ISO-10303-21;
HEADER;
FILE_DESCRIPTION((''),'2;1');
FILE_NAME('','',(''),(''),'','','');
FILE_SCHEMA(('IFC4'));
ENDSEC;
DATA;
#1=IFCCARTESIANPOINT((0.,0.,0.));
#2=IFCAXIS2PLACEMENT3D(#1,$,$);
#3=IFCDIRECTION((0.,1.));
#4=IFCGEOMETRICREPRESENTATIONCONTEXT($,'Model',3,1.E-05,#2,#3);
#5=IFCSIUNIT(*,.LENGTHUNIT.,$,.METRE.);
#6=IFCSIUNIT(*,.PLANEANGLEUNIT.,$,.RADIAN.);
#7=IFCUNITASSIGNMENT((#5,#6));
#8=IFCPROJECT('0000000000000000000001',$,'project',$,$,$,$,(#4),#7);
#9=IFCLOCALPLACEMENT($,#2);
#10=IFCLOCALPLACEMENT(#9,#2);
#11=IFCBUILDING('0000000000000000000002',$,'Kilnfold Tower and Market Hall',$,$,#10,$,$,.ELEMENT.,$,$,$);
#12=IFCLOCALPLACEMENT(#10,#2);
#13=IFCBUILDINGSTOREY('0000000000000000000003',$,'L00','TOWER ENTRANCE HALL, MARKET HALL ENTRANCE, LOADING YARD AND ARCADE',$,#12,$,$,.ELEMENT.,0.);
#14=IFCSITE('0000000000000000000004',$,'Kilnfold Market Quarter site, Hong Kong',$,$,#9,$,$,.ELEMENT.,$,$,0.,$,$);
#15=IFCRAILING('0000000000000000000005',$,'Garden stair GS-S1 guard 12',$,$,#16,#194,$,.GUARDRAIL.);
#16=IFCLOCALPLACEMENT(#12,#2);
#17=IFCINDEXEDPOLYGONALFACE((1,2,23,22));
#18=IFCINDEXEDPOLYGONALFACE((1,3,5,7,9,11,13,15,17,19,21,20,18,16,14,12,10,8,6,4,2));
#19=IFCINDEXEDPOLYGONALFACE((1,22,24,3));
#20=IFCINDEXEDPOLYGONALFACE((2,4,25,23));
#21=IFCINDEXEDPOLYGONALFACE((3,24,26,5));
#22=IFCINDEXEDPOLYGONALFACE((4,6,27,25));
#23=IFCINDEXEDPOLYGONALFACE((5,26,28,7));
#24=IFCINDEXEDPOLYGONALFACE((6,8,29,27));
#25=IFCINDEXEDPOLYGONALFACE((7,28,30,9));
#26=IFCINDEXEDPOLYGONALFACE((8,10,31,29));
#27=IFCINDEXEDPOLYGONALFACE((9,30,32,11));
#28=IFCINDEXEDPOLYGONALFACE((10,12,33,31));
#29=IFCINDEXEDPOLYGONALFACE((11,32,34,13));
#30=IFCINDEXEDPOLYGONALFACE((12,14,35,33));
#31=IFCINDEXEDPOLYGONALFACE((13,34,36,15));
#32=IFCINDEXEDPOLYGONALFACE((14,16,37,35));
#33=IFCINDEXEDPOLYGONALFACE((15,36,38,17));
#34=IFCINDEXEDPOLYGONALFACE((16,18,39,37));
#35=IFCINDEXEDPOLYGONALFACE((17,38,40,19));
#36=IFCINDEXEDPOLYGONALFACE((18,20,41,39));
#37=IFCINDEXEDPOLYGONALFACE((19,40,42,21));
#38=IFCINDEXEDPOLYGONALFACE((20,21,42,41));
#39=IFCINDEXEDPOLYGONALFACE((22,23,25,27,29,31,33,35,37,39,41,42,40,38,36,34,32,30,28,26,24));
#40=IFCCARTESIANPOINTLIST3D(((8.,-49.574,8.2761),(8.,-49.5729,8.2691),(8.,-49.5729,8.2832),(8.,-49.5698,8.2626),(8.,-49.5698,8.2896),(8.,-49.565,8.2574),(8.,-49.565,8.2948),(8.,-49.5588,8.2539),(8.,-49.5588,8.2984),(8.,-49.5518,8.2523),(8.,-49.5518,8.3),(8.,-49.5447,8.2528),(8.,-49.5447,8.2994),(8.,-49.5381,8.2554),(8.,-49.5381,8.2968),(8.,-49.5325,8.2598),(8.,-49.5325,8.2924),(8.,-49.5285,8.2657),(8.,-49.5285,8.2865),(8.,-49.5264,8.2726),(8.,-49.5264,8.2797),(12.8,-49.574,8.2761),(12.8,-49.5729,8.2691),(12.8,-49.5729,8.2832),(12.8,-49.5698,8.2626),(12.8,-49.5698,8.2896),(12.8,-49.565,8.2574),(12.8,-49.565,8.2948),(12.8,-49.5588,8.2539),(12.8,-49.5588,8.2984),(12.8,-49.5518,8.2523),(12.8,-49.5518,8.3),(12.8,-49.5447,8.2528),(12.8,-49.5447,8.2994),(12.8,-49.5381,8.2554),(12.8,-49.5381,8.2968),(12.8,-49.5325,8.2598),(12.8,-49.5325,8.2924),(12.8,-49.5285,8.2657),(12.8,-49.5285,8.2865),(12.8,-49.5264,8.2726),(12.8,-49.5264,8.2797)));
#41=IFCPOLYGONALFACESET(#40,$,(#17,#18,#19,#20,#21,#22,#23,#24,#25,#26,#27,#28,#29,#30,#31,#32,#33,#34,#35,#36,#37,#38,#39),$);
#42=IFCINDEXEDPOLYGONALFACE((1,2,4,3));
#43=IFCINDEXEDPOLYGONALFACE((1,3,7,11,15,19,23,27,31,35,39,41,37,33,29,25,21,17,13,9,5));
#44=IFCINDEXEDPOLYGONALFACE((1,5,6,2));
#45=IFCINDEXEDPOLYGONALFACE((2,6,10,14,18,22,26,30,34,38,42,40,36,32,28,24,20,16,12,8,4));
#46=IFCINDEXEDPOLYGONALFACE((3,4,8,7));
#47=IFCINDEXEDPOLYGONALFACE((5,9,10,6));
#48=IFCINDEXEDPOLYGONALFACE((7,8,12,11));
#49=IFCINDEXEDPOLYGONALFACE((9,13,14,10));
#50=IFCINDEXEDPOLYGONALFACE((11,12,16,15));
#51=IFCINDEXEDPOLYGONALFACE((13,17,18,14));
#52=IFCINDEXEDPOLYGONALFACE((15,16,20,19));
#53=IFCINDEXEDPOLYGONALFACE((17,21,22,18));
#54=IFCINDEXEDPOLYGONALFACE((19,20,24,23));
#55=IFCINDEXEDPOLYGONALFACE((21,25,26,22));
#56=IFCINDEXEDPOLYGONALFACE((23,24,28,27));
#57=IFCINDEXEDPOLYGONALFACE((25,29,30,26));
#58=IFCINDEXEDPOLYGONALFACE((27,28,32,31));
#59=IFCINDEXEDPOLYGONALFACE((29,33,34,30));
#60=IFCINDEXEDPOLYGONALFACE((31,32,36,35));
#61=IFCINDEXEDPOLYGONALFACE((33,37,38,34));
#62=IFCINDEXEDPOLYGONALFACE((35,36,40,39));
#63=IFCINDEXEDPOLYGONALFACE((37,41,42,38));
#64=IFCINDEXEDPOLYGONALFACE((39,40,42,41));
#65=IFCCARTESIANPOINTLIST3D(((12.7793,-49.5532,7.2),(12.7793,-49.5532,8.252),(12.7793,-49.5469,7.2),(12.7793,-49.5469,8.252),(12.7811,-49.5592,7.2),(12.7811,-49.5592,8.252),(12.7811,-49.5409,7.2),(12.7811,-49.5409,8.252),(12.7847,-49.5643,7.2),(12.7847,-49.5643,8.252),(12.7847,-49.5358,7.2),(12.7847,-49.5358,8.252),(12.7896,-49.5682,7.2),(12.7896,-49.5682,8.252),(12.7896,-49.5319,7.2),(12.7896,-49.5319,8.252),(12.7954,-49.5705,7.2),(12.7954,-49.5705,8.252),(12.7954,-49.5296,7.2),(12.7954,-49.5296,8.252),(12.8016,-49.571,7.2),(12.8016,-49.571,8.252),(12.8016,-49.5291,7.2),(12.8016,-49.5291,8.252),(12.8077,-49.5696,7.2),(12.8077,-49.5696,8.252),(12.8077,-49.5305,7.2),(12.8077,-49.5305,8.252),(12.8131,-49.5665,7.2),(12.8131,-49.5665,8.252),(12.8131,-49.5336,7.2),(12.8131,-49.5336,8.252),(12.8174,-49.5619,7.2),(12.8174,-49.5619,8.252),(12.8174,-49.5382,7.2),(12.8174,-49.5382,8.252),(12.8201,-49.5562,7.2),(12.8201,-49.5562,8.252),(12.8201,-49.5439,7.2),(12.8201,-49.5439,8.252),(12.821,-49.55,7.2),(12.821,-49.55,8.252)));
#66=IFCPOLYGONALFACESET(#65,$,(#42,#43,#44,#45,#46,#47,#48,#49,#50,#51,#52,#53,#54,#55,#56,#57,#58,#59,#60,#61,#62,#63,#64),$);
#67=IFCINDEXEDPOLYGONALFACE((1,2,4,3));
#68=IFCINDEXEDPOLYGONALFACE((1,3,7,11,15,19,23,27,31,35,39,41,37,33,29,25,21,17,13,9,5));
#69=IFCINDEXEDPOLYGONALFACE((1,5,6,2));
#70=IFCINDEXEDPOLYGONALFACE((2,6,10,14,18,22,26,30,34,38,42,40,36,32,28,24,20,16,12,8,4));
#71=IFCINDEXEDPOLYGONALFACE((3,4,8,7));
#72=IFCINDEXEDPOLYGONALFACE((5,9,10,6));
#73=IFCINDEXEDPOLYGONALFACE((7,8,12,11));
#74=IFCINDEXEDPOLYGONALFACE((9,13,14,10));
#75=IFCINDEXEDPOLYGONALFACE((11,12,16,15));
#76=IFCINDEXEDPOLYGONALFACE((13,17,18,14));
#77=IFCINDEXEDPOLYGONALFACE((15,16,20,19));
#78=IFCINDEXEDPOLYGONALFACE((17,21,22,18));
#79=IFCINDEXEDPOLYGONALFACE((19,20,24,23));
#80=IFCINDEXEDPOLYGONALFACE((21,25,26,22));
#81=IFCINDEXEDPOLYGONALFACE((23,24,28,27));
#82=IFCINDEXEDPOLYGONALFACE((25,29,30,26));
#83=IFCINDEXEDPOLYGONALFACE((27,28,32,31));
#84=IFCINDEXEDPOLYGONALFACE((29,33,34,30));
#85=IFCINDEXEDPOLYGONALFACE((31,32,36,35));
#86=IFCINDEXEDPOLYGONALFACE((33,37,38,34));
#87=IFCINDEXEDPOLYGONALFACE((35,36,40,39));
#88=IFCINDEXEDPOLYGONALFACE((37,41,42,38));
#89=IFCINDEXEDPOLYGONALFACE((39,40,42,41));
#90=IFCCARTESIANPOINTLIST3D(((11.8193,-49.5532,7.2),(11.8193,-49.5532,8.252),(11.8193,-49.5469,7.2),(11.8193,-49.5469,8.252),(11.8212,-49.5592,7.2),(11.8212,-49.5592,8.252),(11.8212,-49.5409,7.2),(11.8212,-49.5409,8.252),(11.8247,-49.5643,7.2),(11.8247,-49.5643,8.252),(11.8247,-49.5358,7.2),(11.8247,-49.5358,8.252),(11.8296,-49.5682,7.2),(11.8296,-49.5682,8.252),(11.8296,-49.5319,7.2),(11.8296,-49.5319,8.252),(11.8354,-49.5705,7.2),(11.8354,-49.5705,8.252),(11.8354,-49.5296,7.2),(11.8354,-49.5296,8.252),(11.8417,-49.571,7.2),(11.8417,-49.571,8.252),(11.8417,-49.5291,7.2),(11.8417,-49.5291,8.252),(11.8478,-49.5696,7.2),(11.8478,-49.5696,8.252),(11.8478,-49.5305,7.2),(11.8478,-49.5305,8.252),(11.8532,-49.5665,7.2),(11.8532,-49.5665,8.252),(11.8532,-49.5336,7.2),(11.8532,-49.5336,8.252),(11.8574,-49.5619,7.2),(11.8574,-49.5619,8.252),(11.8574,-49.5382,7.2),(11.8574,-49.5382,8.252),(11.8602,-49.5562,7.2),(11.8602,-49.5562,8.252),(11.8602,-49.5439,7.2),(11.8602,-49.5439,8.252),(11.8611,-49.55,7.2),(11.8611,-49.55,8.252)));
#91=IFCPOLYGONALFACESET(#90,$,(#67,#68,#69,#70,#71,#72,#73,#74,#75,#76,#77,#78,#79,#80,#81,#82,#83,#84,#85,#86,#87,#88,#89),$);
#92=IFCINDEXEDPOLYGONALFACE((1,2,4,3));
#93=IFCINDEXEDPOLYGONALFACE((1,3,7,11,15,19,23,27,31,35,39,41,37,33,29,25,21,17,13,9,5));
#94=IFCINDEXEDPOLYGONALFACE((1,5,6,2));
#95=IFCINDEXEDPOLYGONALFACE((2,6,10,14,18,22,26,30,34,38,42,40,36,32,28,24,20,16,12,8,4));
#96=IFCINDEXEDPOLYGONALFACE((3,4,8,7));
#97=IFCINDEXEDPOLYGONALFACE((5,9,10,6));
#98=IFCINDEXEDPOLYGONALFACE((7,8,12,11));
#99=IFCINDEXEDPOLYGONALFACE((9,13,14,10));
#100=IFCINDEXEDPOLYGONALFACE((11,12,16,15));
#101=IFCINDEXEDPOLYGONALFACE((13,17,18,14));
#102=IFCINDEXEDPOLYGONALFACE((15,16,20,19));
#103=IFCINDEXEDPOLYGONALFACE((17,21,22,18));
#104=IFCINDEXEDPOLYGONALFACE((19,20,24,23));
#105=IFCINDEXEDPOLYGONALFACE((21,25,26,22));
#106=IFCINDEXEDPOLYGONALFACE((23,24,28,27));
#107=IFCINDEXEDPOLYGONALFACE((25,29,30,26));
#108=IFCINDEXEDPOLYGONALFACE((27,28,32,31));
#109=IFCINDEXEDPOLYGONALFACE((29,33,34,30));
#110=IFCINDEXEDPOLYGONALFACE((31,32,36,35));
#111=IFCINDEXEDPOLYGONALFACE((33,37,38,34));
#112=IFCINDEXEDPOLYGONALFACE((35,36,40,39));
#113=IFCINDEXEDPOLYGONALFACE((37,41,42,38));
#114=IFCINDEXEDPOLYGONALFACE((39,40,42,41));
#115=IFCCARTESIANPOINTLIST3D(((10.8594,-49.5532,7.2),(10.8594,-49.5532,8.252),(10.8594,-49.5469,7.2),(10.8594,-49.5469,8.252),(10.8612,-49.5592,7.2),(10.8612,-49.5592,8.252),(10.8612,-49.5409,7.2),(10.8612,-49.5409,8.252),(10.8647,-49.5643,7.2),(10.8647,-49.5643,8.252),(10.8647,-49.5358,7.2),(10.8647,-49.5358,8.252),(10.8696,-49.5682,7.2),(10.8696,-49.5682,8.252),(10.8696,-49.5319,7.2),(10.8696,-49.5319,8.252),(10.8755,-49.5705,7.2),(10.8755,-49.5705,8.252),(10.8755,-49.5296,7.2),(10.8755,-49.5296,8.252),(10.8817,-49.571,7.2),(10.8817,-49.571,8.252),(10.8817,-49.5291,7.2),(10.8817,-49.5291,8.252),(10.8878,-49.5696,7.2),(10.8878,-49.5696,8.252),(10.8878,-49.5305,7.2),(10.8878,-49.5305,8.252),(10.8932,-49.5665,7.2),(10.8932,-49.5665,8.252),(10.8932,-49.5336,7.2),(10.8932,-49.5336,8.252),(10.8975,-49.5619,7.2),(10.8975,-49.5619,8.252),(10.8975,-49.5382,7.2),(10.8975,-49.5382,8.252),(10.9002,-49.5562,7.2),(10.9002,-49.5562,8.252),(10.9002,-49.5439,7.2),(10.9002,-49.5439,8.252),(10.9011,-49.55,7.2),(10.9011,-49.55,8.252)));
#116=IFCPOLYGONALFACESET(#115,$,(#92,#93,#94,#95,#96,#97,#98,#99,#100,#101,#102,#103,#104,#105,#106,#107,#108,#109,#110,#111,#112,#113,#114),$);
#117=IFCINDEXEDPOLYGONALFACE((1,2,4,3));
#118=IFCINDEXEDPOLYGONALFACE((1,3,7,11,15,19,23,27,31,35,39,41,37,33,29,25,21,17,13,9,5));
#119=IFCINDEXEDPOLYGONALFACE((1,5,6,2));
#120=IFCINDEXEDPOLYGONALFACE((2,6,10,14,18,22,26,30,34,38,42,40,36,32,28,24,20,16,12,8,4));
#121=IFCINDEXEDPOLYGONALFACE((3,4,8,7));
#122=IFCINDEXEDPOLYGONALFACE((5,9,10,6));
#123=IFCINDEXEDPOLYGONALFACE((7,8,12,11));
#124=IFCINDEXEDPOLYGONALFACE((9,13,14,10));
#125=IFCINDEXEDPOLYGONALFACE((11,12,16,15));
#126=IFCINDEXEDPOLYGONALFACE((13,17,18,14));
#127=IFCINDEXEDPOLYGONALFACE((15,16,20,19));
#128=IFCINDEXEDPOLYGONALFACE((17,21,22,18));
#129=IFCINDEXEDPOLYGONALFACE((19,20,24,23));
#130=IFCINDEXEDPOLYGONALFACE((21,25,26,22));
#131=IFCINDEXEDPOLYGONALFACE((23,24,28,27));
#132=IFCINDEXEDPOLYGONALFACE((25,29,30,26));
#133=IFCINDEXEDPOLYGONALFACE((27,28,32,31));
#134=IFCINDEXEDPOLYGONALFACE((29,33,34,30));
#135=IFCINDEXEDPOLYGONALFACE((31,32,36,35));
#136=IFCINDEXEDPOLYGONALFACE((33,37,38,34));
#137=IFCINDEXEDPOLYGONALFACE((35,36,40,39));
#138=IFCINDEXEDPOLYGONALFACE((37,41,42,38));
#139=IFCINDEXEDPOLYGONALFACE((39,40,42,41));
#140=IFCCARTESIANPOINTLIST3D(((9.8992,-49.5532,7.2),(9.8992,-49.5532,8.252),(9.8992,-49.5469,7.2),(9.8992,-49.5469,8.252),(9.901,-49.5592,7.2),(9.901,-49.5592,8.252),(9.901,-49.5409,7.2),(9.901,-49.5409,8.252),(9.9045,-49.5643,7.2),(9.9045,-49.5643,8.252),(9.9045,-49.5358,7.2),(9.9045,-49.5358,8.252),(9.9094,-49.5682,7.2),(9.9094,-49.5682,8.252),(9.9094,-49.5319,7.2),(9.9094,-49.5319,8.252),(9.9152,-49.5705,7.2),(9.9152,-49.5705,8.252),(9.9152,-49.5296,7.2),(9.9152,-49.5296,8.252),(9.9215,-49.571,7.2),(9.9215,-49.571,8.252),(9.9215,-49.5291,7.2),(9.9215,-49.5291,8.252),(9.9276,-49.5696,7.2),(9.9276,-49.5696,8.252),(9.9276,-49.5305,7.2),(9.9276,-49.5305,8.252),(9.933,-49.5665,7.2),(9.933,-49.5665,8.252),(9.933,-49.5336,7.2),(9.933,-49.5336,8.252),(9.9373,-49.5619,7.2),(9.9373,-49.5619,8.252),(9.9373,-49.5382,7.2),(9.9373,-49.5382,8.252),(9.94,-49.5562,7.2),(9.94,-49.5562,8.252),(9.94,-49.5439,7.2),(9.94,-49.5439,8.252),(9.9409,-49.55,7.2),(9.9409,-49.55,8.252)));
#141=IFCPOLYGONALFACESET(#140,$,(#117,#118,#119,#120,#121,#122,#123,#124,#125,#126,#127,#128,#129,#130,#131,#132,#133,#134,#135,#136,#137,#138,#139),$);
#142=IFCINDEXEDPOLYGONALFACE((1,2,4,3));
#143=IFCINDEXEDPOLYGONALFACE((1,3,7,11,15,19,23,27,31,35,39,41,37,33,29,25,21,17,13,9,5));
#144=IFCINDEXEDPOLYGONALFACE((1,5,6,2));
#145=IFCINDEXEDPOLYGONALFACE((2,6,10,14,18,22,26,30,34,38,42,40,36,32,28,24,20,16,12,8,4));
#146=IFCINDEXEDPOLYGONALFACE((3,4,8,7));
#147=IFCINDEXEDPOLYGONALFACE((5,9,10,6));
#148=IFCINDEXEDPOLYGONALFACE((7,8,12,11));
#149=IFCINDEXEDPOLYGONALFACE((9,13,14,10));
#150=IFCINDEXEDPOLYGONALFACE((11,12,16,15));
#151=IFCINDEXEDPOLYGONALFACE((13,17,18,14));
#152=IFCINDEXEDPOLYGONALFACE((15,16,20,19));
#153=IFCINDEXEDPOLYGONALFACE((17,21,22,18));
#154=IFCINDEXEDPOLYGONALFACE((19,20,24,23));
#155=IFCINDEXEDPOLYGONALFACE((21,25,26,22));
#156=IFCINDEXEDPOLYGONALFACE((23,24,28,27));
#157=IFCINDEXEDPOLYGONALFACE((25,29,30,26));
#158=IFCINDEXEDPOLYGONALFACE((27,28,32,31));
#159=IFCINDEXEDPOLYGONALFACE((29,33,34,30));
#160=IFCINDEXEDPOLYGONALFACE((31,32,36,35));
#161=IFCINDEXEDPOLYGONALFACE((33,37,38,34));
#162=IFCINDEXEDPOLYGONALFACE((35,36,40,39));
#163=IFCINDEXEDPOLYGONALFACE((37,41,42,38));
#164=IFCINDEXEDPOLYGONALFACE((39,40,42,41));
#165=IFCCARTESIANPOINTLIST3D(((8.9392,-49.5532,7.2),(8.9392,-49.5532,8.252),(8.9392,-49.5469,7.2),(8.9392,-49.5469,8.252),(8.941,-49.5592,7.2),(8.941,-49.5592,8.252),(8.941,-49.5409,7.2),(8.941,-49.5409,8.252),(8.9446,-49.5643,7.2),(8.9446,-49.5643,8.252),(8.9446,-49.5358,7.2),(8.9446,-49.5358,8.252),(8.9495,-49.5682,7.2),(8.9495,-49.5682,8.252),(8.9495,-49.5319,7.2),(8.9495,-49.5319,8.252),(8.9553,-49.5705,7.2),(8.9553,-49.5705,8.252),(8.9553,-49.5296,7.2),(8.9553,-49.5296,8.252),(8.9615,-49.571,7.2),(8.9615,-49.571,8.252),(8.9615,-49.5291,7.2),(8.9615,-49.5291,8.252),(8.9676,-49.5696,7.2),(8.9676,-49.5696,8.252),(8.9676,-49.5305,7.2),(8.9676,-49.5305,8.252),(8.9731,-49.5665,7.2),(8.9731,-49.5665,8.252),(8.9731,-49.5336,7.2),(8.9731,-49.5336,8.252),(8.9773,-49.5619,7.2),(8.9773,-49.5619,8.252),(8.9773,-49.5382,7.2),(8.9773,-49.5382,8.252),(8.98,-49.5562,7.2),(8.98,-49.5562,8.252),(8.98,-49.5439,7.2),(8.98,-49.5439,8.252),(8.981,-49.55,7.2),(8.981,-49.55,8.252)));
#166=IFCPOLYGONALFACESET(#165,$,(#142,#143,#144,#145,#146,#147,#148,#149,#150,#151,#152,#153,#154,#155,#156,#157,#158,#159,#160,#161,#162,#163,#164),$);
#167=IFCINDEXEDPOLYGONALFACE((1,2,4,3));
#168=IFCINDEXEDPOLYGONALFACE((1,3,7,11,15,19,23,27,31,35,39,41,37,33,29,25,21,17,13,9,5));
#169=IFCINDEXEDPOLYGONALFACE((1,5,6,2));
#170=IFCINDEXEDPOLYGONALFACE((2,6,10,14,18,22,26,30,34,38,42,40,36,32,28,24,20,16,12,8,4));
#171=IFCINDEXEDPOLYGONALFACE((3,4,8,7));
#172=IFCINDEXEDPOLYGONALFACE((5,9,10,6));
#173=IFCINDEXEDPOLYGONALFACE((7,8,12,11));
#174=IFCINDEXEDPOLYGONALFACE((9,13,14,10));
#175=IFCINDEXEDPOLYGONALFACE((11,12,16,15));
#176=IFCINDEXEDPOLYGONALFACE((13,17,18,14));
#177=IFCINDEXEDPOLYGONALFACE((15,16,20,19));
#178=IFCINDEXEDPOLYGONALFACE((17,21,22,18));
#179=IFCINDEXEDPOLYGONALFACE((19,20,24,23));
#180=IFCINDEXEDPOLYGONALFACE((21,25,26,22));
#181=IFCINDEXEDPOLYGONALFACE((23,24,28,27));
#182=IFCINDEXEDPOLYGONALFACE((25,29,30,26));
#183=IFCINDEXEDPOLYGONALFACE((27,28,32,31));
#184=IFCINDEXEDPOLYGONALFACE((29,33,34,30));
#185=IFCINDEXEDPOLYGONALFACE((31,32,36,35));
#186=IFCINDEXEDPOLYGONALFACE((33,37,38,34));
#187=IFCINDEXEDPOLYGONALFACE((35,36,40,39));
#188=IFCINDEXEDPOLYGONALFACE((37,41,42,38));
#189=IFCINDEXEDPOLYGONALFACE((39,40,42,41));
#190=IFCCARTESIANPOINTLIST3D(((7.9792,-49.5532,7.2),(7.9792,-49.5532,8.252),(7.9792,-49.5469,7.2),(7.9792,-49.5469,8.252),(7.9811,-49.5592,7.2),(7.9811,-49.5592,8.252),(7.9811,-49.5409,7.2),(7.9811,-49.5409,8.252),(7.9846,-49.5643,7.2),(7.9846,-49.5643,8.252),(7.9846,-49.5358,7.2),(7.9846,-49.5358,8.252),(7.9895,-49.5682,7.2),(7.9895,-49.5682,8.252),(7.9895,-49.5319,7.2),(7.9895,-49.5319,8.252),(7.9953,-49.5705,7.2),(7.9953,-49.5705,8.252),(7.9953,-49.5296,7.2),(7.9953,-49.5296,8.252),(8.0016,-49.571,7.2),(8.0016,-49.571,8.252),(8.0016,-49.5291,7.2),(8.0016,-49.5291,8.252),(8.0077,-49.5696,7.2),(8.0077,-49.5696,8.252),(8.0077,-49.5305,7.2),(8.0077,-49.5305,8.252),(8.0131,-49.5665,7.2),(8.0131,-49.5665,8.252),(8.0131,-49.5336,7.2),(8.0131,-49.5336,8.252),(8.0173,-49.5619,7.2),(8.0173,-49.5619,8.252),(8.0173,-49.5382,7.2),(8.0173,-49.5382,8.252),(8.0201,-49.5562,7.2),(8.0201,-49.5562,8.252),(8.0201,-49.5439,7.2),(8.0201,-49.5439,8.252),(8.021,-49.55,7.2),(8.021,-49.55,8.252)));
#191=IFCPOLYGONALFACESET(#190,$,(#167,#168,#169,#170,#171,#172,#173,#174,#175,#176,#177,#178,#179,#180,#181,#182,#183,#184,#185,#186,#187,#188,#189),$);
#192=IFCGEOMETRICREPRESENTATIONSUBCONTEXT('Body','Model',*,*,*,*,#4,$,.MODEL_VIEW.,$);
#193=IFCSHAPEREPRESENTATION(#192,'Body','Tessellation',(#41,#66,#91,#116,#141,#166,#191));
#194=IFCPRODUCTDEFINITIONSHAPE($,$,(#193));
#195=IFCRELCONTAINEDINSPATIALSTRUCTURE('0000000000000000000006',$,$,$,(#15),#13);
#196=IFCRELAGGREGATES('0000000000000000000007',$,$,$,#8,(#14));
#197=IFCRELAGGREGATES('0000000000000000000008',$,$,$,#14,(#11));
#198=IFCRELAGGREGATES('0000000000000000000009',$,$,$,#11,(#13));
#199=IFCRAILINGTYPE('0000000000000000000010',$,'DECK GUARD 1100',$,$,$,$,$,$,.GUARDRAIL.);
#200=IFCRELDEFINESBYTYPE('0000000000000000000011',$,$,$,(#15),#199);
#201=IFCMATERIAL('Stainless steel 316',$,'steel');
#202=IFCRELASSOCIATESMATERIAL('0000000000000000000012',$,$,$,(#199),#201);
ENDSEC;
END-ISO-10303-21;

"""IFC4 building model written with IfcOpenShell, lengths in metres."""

from ifc_helpers import new_model, si_unit, direction, frame, origin, origin_2d, place, context, subcontext, project, spatial, circle, extrude, material, type_object, element, save


model = new_model("IFC4")

# Units and contexts
model_context = context("Model", 3, precision=1e-05, world=origin(), true_north=direction((0.0, 1.0)))
body_context = subcontext(model_context, "Body", "Model", "MODEL_VIEW")
ifc_project = project(units=[si_unit("LENGTHUNIT", "METRE"), si_unit("PLANEANGLEUNIT", "RADIAN")], contexts=[model_context])

# Site, building, storey
site_placement = place(None, origin())
site = spatial("IfcSite", under=ifc_project, at=site_placement, Name="Kilnfold Market Quarter site, Hong Kong", CompositionType="ELEMENT", RefElevation=0.0)
building_placement = place(site_placement, origin())
building = spatial("IfcBuilding", under=site, at=building_placement, Name="Kilnfold Tower and Market Hall", CompositionType="ELEMENT")
storey_placement = place(building_placement, origin())
storey = spatial("IfcBuildingStorey", under=building, at=storey_placement, Name="L00", Description="TOWER ENTRANCE HALL, MARKET HALL ENTRANCE, LOADING YARD AND ARCADE", CompositionType="ELEMENT", Elevation=0.0)

# Railing
ifc_material_1 = material(Name="Stainless steel 316", Category="steel")
railing_type_1 = type_object("IfcRailingType", Name="DECK GUARD 1100", PredefinedType="GUARDRAIL", material=ifc_material_1)
railing_1_placement = place(storey_placement, frame((12.8, -49.55, 7.2)))
element("IfcRailing", 1, at=railing_1_placement, inside=storey, type_object=railing_type_1, Name="Garden stair GS-S1 guard 12", PredefinedType="GUARDRAIL", context=body_context, shape_type="SweptSolid", body=[
    extrude(circle(Radius=0.0239, at=origin_2d()), frame((0.0, 0.0, 1.0762), z_axis=(-1.0, 0.0, 0.0), x_axis=(0.0, -1.0, 0.0)), (0.0, 0.0, 1.0), 4.8),
    extrude(circle(Radius=0.021, at=origin_2d()), origin(), (0.0, 0.0, 1.0), 1.052),
    extrude(circle(Radius=0.021, at=origin_2d()), frame((-0.96, 0.0, 0.0)), (0.0, 0.0, 1.0), 1.052),
    extrude(circle(Radius=0.021, at=origin_2d()), frame((-1.9199, 0.0, 0.0)), (0.0, 0.0, 1.0), 1.052),
    extrude(circle(Radius=0.021, at=origin_2d()), frame((-2.8801, 0.0, 0.0)), (0.0, 0.0, 1.0), 1.052),
    extrude(circle(Radius=0.021, at=origin_2d()), frame((-3.8401, 0.0, 0.0)), (0.0, 0.0, 1.0), 1.052),
    extrude(circle(Radius=0.021, at=origin_2d()), frame((-4.8, 0.0, 0.0)), (0.0, 0.0, 1.0), 1.052),
])

save(model, "model.ifc")
